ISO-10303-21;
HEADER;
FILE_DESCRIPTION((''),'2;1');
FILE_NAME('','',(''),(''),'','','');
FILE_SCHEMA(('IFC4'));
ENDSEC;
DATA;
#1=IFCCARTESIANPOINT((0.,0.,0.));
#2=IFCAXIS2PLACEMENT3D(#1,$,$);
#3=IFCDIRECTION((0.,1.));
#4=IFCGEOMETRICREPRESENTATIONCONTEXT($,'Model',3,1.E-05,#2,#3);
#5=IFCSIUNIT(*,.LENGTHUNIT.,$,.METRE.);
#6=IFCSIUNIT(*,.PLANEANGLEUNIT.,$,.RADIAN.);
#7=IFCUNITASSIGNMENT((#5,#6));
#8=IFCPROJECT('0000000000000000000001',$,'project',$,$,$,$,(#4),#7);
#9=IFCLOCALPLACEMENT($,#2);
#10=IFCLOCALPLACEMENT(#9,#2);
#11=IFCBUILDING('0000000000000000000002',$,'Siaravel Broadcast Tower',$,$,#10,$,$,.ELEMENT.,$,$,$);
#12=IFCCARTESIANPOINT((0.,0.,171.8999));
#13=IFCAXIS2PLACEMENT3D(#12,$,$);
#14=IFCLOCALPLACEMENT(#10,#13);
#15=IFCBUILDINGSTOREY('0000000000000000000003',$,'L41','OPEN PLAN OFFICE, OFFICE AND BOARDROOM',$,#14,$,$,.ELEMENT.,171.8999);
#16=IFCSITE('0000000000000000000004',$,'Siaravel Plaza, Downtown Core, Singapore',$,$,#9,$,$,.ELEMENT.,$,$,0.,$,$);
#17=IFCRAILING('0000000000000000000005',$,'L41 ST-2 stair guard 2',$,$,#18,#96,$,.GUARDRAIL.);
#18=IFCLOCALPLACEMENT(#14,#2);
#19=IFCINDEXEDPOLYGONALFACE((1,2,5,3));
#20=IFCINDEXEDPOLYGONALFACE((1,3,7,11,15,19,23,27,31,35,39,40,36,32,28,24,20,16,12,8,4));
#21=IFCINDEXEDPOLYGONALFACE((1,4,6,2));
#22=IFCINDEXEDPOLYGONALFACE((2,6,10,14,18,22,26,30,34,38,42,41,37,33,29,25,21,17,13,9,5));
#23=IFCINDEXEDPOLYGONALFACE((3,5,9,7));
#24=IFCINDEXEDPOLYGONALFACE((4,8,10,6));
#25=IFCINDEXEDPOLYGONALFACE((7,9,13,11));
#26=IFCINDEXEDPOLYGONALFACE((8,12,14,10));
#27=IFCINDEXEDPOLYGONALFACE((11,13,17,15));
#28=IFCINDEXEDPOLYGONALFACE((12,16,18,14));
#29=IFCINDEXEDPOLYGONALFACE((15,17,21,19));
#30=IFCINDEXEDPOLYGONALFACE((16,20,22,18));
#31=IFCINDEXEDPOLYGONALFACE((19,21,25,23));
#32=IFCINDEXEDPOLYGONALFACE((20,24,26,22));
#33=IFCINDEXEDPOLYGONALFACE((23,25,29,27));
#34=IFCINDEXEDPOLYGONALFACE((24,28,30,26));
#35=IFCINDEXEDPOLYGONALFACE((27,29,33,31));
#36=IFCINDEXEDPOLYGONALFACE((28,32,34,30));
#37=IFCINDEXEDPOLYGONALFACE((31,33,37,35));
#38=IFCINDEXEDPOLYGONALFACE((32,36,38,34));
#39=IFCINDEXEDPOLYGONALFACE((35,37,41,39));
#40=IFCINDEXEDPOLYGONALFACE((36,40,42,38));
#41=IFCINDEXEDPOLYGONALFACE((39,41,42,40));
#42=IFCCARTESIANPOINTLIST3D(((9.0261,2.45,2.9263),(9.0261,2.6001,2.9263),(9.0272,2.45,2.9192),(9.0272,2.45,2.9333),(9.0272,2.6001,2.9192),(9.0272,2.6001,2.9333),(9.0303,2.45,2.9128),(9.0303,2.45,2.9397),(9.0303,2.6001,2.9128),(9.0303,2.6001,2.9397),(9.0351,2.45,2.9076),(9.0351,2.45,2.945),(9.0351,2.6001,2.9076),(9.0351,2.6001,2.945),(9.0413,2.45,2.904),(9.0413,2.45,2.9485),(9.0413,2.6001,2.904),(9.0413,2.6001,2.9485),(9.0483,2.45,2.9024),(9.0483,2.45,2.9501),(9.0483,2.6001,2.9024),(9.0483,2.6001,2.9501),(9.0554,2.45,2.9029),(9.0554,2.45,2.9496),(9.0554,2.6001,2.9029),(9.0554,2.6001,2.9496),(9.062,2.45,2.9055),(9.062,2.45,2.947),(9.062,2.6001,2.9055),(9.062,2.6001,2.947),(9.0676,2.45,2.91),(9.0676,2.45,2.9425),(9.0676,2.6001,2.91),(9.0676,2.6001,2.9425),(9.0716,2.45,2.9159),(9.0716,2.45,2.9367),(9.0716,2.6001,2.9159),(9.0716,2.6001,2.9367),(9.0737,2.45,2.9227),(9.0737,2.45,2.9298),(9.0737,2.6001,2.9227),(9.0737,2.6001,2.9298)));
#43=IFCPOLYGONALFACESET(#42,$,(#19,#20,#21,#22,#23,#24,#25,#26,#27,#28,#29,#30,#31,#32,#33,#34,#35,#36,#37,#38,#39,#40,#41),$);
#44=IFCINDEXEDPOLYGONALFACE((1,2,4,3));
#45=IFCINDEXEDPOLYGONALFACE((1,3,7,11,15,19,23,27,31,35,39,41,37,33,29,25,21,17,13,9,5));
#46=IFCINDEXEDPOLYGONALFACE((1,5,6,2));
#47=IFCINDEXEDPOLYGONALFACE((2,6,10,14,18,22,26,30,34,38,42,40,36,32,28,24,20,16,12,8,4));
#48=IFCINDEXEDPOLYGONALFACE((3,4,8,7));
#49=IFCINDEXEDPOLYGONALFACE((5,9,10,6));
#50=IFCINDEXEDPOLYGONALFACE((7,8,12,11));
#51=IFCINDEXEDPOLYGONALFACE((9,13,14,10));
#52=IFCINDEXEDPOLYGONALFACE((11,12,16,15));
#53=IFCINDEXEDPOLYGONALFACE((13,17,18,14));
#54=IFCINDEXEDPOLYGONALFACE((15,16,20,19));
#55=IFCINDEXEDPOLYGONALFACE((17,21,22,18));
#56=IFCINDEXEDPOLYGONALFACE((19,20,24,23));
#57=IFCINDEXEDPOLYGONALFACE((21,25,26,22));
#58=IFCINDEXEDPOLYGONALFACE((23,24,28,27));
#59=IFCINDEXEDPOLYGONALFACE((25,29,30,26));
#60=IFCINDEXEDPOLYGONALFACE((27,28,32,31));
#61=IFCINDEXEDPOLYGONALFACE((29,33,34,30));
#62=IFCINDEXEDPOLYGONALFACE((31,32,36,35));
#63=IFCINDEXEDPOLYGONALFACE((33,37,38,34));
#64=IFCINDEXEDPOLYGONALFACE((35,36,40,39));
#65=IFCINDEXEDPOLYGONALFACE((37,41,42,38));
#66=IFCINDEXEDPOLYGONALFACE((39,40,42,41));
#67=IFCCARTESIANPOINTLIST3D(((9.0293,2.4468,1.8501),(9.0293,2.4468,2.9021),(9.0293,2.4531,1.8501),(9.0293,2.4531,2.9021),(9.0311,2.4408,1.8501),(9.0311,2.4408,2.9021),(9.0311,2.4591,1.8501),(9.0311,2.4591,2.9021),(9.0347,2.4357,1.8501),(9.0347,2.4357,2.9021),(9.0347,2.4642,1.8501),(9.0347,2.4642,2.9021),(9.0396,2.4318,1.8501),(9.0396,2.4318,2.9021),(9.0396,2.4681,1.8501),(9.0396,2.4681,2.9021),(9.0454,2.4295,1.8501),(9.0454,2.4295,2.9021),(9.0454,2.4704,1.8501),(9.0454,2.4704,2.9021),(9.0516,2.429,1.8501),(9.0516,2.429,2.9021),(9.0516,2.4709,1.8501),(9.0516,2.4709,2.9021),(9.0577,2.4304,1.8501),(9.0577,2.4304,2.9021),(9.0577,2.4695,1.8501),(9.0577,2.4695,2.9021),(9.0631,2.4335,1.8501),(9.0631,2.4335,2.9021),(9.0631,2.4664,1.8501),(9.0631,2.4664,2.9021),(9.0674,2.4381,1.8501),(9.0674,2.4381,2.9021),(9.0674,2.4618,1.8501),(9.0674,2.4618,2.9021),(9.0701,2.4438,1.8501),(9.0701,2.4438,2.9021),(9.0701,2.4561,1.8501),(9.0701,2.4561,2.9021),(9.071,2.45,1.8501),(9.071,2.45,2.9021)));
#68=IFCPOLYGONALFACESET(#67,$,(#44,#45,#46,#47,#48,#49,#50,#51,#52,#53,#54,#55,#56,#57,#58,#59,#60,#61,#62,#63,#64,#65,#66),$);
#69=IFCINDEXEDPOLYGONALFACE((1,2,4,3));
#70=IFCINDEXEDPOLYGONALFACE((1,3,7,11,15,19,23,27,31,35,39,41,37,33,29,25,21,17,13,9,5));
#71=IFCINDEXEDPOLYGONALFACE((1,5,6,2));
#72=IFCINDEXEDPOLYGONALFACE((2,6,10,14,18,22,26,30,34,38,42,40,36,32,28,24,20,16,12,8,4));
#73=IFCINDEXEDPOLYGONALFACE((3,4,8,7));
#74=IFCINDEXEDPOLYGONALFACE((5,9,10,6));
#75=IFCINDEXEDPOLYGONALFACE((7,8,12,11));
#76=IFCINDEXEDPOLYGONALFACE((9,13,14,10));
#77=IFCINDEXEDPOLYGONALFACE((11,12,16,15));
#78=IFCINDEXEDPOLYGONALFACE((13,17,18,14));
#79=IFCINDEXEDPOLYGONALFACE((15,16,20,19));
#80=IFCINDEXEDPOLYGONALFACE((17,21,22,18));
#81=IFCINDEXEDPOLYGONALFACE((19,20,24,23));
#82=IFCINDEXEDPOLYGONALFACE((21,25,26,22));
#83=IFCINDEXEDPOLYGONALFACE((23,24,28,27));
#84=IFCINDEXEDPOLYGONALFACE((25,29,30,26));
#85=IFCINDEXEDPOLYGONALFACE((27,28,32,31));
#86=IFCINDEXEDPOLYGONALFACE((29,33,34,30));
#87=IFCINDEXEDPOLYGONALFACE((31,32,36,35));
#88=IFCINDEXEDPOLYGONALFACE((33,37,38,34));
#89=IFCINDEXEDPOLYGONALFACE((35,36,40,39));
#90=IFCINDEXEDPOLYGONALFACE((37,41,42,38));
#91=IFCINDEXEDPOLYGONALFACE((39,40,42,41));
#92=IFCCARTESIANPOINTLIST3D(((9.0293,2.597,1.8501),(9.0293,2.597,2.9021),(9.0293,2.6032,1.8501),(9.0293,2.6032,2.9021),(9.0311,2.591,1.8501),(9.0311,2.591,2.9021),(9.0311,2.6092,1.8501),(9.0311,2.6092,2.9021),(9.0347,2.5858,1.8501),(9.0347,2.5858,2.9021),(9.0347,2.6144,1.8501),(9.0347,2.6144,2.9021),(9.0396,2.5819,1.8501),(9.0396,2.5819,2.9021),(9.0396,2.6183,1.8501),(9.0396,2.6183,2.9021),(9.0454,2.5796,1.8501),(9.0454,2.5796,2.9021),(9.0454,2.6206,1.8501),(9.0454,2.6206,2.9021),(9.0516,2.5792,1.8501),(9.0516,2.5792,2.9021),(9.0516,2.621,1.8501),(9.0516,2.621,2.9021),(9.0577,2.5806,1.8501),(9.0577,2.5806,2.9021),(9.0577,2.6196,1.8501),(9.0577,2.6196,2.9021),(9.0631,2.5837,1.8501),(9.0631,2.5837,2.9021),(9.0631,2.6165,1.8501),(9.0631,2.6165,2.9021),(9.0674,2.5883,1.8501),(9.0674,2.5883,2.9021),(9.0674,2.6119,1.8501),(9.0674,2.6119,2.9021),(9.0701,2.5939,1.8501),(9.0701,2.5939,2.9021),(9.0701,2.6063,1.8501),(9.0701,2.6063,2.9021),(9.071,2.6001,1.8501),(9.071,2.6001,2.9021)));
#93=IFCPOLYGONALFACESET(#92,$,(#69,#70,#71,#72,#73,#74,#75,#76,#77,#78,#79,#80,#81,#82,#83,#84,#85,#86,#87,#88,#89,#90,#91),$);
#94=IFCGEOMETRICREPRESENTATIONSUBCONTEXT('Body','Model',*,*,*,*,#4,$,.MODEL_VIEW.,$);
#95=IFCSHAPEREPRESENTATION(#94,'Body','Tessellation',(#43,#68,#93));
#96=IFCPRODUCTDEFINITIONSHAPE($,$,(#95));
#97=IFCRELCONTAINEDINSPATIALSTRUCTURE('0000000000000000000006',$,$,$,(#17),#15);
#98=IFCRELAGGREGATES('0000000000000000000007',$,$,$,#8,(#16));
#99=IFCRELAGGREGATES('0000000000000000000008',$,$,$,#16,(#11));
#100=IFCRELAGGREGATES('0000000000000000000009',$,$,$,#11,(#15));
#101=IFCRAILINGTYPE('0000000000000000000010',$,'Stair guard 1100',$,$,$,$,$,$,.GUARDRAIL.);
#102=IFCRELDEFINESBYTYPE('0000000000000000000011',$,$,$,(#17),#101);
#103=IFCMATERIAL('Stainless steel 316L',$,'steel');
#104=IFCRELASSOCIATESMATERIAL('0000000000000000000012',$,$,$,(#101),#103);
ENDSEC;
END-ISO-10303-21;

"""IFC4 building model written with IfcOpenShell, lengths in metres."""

from ifc_helpers import new_model, si_unit, direction, frame, origin, origin_2d, place, context, subcontext, project, spatial, circle, extrude, material, type_object, element, save


model = new_model("IFC4")

# Units and contexts
model_context = context("Model", 3, precision=1e-05, world=origin(), true_north=direction((0.0, 1.0)))
body_context = subcontext(model_context, "Body", "Model", "MODEL_VIEW")
ifc_project = project(units=[si_unit("LENGTHUNIT", "METRE"), si_unit("PLANEANGLEUNIT", "RADIAN")], contexts=[model_context])

# Site, building, storey
site_placement = place(None, origin())
site = spatial("IfcSite", under=ifc_project, at=site_placement, Name="Siaravel Plaza, Downtown Core, Singapore", CompositionType="ELEMENT", RefElevation=0.0)
building_placement = place(site_placement, origin())
building = spatial("IfcBuilding", under=site, at=building_placement, Name="Siaravel Broadcast Tower", CompositionType="ELEMENT")
storey_placement = place(building_placement, frame((0.0, 0.0, 171.8999)))
storey = spatial("IfcBuildingStorey", under=building, at=storey_placement, Name="L41", Description="OPEN PLAN OFFICE, OFFICE AND BOARDROOM", CompositionType="ELEMENT", Elevation=171.8999)

# Railing
ifc_material_1 = material(Name="Stainless steel 316L", Category="steel")
railing_type_1 = type_object("IfcRailingType", Name="Stair guard 1100", PredefinedType="GUARDRAIL", material=ifc_material_1)
railing_1_placement = place(storey_placement, frame((9.05, 2.45, 1.8501)))
element("IfcRailing", 1, at=railing_1_placement, inside=storey, type_object=railing_type_1, Name="L41 ST-2 stair guard 2", PredefinedType="GUARDRAIL", context=body_context, shape_type="SweptSolid", body=[
    extrude(circle(Radius=0.0239, at=origin_2d()), frame((0.0, 0.0, 1.0762), z_axis=(0.0, 1.0, 0.0), x_axis=(-1.0, 0.0, 0.0)), (0.0, 0.0, 1.0), 0.1501),
    extrude(circle(Radius=0.021, at=origin_2d()), origin(), (0.0, 0.0, 1.0), 1.052),
    extrude(circle(Radius=0.021, at=origin_2d()), frame((0.0, 0.1501, 0.0)), (0.0, 0.0, 1.0), 1.052),
])

save(model, "model.ifc")
